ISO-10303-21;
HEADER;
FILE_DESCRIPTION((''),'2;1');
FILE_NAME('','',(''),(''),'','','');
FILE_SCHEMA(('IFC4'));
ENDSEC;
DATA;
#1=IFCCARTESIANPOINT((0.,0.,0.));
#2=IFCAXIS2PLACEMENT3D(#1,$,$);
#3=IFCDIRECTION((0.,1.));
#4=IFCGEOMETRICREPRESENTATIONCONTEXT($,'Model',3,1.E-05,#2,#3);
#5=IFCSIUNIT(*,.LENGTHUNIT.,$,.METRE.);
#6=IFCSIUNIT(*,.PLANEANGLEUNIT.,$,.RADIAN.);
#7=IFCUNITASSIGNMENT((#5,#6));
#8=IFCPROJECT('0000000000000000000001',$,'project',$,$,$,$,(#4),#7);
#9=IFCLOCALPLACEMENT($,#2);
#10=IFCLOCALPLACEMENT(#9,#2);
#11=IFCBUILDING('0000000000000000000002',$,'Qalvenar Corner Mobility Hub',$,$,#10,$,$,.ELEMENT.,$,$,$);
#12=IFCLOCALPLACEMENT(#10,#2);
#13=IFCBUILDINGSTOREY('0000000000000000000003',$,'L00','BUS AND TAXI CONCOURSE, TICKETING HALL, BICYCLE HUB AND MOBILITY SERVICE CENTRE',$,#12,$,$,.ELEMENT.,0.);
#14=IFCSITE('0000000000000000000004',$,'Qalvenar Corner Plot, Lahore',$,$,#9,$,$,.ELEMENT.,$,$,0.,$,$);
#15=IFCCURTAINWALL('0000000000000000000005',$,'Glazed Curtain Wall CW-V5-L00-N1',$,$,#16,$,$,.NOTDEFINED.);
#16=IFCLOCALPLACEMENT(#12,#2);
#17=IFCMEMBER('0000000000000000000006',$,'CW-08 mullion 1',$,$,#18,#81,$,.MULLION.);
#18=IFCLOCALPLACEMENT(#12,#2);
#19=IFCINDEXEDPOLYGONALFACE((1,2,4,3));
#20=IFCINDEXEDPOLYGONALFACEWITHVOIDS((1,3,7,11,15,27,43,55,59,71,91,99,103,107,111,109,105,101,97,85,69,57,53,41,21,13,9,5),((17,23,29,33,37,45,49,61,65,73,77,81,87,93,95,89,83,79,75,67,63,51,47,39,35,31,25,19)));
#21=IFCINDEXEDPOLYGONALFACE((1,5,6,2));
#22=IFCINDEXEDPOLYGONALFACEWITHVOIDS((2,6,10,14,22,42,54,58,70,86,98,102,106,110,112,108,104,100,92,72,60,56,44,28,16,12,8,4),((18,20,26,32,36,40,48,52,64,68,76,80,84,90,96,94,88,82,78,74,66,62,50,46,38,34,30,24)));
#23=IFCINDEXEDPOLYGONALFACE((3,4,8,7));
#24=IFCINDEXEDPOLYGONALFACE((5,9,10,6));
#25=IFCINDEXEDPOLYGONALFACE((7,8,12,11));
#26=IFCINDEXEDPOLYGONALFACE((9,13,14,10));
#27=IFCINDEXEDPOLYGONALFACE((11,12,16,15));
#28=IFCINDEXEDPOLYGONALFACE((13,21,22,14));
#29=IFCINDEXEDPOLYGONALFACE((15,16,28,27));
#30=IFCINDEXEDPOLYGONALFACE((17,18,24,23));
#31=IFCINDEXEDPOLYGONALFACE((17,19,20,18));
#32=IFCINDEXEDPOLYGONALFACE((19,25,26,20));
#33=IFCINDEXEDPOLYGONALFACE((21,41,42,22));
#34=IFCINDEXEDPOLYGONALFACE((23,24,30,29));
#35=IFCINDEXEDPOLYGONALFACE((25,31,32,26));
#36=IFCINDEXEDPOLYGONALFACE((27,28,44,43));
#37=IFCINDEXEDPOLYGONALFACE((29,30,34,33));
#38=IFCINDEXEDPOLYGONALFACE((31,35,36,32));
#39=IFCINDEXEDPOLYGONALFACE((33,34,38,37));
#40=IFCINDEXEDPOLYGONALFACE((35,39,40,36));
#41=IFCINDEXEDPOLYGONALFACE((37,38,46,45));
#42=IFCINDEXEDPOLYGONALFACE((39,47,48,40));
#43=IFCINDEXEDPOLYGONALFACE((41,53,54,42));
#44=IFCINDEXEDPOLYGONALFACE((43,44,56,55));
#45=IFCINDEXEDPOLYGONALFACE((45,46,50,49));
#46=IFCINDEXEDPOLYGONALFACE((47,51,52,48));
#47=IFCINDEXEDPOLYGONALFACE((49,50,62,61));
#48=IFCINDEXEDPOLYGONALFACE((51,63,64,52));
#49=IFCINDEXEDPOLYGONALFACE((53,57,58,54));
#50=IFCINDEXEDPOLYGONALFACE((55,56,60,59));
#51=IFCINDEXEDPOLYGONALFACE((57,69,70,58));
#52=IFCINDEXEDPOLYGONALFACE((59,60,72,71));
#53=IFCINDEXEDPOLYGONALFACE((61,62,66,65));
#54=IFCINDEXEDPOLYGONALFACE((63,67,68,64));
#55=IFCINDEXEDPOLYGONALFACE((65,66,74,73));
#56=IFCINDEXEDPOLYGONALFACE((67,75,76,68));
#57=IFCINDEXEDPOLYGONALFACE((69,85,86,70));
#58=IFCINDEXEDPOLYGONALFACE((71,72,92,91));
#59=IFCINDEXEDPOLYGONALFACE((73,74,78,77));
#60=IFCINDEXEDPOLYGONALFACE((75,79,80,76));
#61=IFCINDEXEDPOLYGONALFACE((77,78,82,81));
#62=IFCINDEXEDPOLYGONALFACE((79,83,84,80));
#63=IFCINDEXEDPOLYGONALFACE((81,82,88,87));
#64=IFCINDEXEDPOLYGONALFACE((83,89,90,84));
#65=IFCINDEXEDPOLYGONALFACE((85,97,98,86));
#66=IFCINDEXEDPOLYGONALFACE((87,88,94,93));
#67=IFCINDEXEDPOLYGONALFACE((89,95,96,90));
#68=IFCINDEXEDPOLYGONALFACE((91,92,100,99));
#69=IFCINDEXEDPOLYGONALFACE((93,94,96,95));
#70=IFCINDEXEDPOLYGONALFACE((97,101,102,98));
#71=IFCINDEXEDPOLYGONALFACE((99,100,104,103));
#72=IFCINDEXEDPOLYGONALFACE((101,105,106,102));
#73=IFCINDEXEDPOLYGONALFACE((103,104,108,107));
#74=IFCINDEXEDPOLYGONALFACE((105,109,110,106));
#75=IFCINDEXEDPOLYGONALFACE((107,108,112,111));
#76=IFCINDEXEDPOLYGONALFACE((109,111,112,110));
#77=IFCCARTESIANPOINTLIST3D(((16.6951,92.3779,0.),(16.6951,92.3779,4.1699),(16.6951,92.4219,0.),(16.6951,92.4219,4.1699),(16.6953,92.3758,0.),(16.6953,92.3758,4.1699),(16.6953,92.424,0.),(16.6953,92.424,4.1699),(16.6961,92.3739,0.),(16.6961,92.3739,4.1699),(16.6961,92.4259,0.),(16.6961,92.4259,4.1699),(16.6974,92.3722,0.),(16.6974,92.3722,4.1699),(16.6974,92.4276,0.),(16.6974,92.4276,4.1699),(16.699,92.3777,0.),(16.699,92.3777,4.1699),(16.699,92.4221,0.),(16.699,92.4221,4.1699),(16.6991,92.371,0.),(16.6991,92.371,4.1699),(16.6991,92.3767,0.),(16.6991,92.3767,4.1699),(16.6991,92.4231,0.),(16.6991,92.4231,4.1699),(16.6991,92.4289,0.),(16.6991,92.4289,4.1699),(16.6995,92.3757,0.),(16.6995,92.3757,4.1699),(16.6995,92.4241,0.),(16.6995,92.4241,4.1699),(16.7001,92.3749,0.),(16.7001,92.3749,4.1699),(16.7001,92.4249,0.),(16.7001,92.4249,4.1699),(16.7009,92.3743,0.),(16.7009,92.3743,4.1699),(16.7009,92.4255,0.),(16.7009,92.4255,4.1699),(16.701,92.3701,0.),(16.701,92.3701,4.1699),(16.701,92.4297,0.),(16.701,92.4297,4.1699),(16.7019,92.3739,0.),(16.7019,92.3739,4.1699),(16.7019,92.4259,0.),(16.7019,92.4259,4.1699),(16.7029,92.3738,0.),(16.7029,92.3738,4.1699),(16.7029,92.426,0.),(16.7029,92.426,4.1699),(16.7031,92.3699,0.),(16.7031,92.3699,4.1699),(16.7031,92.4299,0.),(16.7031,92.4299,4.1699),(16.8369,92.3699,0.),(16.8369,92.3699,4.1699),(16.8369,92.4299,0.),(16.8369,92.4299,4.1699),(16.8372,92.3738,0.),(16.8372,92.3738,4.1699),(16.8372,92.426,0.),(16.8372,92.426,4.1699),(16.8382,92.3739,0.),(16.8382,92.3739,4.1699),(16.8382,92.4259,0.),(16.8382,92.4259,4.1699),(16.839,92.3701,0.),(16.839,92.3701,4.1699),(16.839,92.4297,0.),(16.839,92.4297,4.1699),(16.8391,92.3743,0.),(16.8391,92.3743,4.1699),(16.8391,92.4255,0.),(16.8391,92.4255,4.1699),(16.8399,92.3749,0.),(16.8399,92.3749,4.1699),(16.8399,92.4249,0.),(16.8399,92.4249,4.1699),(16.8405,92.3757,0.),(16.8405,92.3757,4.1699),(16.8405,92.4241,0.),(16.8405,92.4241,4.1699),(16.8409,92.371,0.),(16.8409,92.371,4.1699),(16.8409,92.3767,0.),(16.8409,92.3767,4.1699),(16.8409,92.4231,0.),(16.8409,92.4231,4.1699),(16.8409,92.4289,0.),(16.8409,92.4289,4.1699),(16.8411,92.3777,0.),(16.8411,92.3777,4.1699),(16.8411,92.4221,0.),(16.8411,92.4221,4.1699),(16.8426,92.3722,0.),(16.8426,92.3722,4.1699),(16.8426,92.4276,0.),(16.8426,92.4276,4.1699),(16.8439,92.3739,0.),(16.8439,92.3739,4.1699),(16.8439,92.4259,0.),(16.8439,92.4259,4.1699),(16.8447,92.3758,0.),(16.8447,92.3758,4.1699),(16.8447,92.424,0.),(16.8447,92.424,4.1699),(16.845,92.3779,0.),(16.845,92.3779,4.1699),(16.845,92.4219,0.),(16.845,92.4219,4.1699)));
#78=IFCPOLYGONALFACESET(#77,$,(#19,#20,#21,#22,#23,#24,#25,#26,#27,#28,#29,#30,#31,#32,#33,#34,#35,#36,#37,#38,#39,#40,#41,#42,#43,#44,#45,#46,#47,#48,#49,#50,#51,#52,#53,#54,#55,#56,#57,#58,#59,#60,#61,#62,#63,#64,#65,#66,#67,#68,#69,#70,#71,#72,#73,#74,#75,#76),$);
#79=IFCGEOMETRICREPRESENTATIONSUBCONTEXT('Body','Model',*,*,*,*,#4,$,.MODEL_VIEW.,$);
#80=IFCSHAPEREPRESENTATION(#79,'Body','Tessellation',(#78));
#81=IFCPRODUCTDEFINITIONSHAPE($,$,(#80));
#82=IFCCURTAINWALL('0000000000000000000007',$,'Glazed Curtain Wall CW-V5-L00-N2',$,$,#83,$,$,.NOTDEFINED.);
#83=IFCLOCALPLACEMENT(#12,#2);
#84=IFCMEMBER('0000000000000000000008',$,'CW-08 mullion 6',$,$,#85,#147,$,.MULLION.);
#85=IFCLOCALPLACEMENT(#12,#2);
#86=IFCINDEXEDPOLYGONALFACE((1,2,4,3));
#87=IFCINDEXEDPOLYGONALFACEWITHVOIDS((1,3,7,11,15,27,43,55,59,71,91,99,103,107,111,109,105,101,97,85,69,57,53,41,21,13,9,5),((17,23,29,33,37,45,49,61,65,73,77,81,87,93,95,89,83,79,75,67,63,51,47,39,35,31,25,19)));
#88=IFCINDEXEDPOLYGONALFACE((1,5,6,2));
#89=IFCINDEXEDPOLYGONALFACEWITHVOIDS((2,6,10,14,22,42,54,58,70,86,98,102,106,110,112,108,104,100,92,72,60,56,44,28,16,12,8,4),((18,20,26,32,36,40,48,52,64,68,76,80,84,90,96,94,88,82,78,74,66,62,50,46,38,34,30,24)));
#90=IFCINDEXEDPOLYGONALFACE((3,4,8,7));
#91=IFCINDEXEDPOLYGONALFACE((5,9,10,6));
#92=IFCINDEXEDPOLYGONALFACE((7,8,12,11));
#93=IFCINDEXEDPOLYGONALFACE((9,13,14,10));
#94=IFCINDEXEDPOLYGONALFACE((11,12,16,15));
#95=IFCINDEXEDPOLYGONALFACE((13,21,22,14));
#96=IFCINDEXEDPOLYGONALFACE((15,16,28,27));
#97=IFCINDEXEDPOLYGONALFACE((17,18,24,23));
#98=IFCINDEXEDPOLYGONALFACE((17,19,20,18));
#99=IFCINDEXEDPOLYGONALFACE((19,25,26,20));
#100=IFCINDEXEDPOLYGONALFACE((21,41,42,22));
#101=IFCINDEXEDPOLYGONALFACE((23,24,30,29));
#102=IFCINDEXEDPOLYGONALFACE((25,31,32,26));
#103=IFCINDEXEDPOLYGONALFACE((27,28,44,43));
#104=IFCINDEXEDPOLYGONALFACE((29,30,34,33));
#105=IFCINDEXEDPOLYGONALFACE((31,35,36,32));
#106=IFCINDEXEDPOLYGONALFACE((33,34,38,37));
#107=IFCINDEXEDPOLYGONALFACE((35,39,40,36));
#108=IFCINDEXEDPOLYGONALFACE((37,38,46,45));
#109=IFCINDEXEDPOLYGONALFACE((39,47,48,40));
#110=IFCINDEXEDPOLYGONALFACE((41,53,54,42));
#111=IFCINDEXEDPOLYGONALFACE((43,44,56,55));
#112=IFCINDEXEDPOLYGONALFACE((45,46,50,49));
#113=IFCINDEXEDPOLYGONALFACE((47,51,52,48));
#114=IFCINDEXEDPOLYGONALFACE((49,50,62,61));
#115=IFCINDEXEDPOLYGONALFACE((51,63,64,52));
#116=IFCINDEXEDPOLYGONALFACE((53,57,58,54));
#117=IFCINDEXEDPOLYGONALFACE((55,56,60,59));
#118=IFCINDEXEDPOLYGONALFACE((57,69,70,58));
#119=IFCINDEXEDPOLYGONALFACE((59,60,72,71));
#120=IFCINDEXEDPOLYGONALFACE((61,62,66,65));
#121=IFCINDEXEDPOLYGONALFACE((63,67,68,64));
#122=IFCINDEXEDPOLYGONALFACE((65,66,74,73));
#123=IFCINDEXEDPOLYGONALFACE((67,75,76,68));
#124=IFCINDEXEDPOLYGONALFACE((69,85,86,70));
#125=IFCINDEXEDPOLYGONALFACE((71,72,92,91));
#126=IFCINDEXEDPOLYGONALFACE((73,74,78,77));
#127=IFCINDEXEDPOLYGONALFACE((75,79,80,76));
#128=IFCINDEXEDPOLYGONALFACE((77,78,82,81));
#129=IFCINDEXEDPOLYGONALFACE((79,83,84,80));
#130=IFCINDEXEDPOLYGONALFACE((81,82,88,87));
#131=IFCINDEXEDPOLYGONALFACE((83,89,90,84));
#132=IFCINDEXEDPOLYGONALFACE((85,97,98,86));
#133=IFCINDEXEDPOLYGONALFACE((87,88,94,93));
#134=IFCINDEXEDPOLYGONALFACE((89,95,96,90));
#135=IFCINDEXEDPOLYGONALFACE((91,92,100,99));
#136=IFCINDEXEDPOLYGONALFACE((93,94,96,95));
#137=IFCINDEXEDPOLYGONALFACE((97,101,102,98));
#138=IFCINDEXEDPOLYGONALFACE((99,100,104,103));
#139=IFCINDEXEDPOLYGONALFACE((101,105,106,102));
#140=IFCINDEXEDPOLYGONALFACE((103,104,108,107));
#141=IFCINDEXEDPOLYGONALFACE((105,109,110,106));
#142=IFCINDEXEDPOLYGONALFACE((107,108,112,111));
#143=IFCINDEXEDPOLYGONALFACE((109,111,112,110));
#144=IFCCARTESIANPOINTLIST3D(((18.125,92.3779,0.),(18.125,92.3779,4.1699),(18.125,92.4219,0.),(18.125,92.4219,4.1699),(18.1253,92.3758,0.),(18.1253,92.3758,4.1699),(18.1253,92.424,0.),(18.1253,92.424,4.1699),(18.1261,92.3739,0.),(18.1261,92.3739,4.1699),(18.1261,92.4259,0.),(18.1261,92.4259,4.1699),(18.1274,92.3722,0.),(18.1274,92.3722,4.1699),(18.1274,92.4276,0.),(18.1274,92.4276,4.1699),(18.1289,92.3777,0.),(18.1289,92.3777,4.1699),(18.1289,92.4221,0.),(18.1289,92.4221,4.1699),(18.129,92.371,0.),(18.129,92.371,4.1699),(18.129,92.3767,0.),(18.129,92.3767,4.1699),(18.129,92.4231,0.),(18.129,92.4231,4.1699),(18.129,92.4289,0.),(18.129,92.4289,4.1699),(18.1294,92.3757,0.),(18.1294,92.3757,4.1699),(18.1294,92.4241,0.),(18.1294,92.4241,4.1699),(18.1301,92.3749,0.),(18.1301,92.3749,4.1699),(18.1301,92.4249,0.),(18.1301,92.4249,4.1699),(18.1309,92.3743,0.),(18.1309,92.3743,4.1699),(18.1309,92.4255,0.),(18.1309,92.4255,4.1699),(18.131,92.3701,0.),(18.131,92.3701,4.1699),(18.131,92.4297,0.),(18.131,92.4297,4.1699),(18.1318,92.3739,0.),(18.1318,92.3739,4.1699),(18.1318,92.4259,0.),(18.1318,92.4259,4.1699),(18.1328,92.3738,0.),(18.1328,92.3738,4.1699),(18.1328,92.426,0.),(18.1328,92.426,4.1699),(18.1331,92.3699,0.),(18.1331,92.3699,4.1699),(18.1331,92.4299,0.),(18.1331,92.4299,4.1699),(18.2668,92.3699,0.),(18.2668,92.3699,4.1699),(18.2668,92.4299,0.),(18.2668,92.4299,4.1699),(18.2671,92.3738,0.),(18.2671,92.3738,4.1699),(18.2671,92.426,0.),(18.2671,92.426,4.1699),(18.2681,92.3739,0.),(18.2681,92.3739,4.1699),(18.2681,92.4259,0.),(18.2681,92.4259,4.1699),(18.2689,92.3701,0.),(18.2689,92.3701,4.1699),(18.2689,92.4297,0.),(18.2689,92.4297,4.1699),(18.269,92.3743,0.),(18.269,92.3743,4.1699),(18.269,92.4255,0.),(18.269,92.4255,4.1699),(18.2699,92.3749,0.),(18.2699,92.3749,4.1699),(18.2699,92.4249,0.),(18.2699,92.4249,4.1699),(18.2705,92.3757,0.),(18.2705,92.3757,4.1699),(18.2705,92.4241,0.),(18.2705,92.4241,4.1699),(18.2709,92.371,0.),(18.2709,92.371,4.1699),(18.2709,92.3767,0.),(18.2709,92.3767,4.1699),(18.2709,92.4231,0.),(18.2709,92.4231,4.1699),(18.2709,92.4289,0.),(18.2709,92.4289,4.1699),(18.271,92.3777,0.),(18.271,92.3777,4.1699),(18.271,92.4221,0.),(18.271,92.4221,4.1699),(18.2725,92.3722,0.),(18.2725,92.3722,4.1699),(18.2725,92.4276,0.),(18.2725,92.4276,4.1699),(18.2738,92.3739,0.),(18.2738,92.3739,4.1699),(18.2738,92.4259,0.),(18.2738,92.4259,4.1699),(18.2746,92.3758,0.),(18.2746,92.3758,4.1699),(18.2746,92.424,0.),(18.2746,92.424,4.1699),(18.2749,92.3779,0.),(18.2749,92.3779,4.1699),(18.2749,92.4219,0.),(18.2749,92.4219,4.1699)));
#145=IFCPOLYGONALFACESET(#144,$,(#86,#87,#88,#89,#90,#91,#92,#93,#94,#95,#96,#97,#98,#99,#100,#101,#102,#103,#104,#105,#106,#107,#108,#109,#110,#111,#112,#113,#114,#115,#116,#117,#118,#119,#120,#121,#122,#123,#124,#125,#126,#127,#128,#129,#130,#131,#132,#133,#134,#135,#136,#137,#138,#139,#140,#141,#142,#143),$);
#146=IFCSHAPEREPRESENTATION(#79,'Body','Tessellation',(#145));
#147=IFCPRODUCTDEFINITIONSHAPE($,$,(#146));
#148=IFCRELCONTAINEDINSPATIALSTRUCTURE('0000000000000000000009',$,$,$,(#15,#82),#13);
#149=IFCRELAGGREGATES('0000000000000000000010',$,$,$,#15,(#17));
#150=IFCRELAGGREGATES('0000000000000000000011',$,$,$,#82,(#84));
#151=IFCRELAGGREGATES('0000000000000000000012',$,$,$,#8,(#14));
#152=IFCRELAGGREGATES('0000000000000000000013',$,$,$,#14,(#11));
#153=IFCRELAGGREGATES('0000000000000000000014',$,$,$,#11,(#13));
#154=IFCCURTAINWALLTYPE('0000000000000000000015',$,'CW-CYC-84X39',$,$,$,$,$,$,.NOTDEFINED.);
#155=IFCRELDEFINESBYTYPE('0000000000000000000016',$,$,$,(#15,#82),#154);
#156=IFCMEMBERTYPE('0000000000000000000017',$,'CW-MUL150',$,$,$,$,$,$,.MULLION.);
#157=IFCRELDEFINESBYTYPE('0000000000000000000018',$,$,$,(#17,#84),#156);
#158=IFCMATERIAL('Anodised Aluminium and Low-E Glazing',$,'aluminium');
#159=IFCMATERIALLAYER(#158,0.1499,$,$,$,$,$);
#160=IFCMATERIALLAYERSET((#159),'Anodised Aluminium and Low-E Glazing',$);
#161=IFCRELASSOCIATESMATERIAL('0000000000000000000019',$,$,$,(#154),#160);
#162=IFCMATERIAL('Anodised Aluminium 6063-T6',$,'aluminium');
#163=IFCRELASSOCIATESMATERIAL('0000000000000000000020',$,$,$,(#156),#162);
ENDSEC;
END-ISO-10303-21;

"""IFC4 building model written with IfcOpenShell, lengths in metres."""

from ifc_helpers import new_model, si_unit, direction, frame, origin, origin_2d, place, context, subcontext, project, spatial, hollow_rectangle, extrude, material, layer, layer_set, material_profile, profile_set, type_object, element, aggregate, save


model = new_model("IFC4")

# Units and contexts
model_context = context("Model", 3, precision=1e-05, world=origin(), true_north=direction((0.0, 1.0)))
body_context = subcontext(model_context, "Body", "Model", "MODEL_VIEW")
ifc_project = project(units=[si_unit("LENGTHUNIT", "METRE"), si_unit("PLANEANGLEUNIT", "RADIAN")], contexts=[model_context])

# Site, building, storey
site_placement = place(None, origin())
site = spatial("IfcSite", under=ifc_project, at=site_placement, Name="Qalvenar Corner Plot, Lahore", CompositionType="ELEMENT", RefElevation=0.0)
building_placement = place(site_placement, origin())
building = spatial("IfcBuilding", under=site, at=building_placement, Name="Qalvenar Corner Mobility Hub", CompositionType="ELEMENT")
storey_placement = place(building_placement, origin())
storey = spatial("IfcBuildingStorey", under=building, at=storey_placement, Name="L00", Description="BUS AND TAXI CONCOURSE, TICKETING HALL, BICYCLE HUB AND MOBILITY SERVICE CENTRE", CompositionType="ELEMENT", Elevation=0.0)

# Curtain wall, member
ifc_material_1 = material(Name="Anodised Aluminium and Low-E Glazing", Category="aluminium")
ifc_layer_1 = layer(ifc_material_1, 0.1499)
ifc_layer_set_1 = layer_set([ifc_layer_1], Name="Anodised Aluminium and Low-E Glazing")
curtain_wall_type = type_object("IfcCurtainWallType", Name="CW-CYC-84X39", PredefinedType="NOTDEFINED", material=ifc_layer_set_1)
curtain_wall_1_placement = place(storey_placement, origin())
curtain_wall_1 = element("IfcCurtainWall", 1, at=curtain_wall_1_placement, inside=storey, type_object=curtain_wall_type, Name="Glazed Curtain Wall CW-V5-L00-N1", PredefinedType="NOTDEFINED")
ifc_material_2 = material(Name="Anodised Aluminium 6063-T6", Category="aluminium")
ifc_material_profile_1 = material_profile(ifc_material_2, hollow_rectangle(XDim=0.0601, YDim=0.1499, WallThickness=0.0039, InnerFilletRadius=0.0039, OuterFilletRadius=0.0081, at=origin_2d()), Name="RHS150x60x4")
ifc_profile_set_1 = profile_set([ifc_material_profile_1], Name="Anodised Aluminium 6063-T6")
member_type_1 = type_object("IfcMemberType", Name="CW-MUL150", PredefinedType="MULLION", material=ifc_profile_set_1)
member_1_placement = place(storey_placement, frame((16.77, 92.3999, 0.0), z_axis=(0.0, 0.0, 1.0), x_axis=(0.0, -1.0, 0.0)))
member_1 = element("IfcMember", 2, at=member_1_placement, type_object=member_type_1, Name="CW-08 mullion 1", PredefinedType="MULLION", context=body_context, shape_type="SweptSolid", body=[
    extrude(hollow_rectangle(XDim=0.0601, YDim=0.1499, WallThickness=0.0039, InnerFilletRadius=0.0039, OuterFilletRadius=0.0081, at=origin_2d()), origin(), (0.0, 0.0, 1.0), 4.1699),
])

# Curtain wall, member
curtain_wall_2_placement = place(storey_placement, origin())
curtain_wall_2 = element("IfcCurtainWall", 3, at=curtain_wall_2_placement, inside=storey, type_object=curtain_wall_type, Name="Glazed Curtain Wall CW-V5-L00-N2", PredefinedType="NOTDEFINED")
member_2_placement = place(storey_placement, frame((18.2, 92.3999, 0.0), z_axis=(0.0, 0.0, 1.0), x_axis=(0.0, -1.0, 0.0)))
member_2 = element("IfcMember", 4, at=member_2_placement, type_object=member_type_1, Name="CW-08 mullion 6", PredefinedType="MULLION", context=body_context, shape_type="SweptSolid", body=[
    extrude(hollow_rectangle(XDim=0.0601, YDim=0.1499, WallThickness=0.0039, InnerFilletRadius=0.0039, OuterFilletRadius=0.0081, at=origin_2d()), origin(), (0.0, 0.0, 1.0), 4.1699),
])

aggregate(curtain_wall_1, [member_1])
aggregate(curtain_wall_2, [member_2])

save(model, "model.ifc")
